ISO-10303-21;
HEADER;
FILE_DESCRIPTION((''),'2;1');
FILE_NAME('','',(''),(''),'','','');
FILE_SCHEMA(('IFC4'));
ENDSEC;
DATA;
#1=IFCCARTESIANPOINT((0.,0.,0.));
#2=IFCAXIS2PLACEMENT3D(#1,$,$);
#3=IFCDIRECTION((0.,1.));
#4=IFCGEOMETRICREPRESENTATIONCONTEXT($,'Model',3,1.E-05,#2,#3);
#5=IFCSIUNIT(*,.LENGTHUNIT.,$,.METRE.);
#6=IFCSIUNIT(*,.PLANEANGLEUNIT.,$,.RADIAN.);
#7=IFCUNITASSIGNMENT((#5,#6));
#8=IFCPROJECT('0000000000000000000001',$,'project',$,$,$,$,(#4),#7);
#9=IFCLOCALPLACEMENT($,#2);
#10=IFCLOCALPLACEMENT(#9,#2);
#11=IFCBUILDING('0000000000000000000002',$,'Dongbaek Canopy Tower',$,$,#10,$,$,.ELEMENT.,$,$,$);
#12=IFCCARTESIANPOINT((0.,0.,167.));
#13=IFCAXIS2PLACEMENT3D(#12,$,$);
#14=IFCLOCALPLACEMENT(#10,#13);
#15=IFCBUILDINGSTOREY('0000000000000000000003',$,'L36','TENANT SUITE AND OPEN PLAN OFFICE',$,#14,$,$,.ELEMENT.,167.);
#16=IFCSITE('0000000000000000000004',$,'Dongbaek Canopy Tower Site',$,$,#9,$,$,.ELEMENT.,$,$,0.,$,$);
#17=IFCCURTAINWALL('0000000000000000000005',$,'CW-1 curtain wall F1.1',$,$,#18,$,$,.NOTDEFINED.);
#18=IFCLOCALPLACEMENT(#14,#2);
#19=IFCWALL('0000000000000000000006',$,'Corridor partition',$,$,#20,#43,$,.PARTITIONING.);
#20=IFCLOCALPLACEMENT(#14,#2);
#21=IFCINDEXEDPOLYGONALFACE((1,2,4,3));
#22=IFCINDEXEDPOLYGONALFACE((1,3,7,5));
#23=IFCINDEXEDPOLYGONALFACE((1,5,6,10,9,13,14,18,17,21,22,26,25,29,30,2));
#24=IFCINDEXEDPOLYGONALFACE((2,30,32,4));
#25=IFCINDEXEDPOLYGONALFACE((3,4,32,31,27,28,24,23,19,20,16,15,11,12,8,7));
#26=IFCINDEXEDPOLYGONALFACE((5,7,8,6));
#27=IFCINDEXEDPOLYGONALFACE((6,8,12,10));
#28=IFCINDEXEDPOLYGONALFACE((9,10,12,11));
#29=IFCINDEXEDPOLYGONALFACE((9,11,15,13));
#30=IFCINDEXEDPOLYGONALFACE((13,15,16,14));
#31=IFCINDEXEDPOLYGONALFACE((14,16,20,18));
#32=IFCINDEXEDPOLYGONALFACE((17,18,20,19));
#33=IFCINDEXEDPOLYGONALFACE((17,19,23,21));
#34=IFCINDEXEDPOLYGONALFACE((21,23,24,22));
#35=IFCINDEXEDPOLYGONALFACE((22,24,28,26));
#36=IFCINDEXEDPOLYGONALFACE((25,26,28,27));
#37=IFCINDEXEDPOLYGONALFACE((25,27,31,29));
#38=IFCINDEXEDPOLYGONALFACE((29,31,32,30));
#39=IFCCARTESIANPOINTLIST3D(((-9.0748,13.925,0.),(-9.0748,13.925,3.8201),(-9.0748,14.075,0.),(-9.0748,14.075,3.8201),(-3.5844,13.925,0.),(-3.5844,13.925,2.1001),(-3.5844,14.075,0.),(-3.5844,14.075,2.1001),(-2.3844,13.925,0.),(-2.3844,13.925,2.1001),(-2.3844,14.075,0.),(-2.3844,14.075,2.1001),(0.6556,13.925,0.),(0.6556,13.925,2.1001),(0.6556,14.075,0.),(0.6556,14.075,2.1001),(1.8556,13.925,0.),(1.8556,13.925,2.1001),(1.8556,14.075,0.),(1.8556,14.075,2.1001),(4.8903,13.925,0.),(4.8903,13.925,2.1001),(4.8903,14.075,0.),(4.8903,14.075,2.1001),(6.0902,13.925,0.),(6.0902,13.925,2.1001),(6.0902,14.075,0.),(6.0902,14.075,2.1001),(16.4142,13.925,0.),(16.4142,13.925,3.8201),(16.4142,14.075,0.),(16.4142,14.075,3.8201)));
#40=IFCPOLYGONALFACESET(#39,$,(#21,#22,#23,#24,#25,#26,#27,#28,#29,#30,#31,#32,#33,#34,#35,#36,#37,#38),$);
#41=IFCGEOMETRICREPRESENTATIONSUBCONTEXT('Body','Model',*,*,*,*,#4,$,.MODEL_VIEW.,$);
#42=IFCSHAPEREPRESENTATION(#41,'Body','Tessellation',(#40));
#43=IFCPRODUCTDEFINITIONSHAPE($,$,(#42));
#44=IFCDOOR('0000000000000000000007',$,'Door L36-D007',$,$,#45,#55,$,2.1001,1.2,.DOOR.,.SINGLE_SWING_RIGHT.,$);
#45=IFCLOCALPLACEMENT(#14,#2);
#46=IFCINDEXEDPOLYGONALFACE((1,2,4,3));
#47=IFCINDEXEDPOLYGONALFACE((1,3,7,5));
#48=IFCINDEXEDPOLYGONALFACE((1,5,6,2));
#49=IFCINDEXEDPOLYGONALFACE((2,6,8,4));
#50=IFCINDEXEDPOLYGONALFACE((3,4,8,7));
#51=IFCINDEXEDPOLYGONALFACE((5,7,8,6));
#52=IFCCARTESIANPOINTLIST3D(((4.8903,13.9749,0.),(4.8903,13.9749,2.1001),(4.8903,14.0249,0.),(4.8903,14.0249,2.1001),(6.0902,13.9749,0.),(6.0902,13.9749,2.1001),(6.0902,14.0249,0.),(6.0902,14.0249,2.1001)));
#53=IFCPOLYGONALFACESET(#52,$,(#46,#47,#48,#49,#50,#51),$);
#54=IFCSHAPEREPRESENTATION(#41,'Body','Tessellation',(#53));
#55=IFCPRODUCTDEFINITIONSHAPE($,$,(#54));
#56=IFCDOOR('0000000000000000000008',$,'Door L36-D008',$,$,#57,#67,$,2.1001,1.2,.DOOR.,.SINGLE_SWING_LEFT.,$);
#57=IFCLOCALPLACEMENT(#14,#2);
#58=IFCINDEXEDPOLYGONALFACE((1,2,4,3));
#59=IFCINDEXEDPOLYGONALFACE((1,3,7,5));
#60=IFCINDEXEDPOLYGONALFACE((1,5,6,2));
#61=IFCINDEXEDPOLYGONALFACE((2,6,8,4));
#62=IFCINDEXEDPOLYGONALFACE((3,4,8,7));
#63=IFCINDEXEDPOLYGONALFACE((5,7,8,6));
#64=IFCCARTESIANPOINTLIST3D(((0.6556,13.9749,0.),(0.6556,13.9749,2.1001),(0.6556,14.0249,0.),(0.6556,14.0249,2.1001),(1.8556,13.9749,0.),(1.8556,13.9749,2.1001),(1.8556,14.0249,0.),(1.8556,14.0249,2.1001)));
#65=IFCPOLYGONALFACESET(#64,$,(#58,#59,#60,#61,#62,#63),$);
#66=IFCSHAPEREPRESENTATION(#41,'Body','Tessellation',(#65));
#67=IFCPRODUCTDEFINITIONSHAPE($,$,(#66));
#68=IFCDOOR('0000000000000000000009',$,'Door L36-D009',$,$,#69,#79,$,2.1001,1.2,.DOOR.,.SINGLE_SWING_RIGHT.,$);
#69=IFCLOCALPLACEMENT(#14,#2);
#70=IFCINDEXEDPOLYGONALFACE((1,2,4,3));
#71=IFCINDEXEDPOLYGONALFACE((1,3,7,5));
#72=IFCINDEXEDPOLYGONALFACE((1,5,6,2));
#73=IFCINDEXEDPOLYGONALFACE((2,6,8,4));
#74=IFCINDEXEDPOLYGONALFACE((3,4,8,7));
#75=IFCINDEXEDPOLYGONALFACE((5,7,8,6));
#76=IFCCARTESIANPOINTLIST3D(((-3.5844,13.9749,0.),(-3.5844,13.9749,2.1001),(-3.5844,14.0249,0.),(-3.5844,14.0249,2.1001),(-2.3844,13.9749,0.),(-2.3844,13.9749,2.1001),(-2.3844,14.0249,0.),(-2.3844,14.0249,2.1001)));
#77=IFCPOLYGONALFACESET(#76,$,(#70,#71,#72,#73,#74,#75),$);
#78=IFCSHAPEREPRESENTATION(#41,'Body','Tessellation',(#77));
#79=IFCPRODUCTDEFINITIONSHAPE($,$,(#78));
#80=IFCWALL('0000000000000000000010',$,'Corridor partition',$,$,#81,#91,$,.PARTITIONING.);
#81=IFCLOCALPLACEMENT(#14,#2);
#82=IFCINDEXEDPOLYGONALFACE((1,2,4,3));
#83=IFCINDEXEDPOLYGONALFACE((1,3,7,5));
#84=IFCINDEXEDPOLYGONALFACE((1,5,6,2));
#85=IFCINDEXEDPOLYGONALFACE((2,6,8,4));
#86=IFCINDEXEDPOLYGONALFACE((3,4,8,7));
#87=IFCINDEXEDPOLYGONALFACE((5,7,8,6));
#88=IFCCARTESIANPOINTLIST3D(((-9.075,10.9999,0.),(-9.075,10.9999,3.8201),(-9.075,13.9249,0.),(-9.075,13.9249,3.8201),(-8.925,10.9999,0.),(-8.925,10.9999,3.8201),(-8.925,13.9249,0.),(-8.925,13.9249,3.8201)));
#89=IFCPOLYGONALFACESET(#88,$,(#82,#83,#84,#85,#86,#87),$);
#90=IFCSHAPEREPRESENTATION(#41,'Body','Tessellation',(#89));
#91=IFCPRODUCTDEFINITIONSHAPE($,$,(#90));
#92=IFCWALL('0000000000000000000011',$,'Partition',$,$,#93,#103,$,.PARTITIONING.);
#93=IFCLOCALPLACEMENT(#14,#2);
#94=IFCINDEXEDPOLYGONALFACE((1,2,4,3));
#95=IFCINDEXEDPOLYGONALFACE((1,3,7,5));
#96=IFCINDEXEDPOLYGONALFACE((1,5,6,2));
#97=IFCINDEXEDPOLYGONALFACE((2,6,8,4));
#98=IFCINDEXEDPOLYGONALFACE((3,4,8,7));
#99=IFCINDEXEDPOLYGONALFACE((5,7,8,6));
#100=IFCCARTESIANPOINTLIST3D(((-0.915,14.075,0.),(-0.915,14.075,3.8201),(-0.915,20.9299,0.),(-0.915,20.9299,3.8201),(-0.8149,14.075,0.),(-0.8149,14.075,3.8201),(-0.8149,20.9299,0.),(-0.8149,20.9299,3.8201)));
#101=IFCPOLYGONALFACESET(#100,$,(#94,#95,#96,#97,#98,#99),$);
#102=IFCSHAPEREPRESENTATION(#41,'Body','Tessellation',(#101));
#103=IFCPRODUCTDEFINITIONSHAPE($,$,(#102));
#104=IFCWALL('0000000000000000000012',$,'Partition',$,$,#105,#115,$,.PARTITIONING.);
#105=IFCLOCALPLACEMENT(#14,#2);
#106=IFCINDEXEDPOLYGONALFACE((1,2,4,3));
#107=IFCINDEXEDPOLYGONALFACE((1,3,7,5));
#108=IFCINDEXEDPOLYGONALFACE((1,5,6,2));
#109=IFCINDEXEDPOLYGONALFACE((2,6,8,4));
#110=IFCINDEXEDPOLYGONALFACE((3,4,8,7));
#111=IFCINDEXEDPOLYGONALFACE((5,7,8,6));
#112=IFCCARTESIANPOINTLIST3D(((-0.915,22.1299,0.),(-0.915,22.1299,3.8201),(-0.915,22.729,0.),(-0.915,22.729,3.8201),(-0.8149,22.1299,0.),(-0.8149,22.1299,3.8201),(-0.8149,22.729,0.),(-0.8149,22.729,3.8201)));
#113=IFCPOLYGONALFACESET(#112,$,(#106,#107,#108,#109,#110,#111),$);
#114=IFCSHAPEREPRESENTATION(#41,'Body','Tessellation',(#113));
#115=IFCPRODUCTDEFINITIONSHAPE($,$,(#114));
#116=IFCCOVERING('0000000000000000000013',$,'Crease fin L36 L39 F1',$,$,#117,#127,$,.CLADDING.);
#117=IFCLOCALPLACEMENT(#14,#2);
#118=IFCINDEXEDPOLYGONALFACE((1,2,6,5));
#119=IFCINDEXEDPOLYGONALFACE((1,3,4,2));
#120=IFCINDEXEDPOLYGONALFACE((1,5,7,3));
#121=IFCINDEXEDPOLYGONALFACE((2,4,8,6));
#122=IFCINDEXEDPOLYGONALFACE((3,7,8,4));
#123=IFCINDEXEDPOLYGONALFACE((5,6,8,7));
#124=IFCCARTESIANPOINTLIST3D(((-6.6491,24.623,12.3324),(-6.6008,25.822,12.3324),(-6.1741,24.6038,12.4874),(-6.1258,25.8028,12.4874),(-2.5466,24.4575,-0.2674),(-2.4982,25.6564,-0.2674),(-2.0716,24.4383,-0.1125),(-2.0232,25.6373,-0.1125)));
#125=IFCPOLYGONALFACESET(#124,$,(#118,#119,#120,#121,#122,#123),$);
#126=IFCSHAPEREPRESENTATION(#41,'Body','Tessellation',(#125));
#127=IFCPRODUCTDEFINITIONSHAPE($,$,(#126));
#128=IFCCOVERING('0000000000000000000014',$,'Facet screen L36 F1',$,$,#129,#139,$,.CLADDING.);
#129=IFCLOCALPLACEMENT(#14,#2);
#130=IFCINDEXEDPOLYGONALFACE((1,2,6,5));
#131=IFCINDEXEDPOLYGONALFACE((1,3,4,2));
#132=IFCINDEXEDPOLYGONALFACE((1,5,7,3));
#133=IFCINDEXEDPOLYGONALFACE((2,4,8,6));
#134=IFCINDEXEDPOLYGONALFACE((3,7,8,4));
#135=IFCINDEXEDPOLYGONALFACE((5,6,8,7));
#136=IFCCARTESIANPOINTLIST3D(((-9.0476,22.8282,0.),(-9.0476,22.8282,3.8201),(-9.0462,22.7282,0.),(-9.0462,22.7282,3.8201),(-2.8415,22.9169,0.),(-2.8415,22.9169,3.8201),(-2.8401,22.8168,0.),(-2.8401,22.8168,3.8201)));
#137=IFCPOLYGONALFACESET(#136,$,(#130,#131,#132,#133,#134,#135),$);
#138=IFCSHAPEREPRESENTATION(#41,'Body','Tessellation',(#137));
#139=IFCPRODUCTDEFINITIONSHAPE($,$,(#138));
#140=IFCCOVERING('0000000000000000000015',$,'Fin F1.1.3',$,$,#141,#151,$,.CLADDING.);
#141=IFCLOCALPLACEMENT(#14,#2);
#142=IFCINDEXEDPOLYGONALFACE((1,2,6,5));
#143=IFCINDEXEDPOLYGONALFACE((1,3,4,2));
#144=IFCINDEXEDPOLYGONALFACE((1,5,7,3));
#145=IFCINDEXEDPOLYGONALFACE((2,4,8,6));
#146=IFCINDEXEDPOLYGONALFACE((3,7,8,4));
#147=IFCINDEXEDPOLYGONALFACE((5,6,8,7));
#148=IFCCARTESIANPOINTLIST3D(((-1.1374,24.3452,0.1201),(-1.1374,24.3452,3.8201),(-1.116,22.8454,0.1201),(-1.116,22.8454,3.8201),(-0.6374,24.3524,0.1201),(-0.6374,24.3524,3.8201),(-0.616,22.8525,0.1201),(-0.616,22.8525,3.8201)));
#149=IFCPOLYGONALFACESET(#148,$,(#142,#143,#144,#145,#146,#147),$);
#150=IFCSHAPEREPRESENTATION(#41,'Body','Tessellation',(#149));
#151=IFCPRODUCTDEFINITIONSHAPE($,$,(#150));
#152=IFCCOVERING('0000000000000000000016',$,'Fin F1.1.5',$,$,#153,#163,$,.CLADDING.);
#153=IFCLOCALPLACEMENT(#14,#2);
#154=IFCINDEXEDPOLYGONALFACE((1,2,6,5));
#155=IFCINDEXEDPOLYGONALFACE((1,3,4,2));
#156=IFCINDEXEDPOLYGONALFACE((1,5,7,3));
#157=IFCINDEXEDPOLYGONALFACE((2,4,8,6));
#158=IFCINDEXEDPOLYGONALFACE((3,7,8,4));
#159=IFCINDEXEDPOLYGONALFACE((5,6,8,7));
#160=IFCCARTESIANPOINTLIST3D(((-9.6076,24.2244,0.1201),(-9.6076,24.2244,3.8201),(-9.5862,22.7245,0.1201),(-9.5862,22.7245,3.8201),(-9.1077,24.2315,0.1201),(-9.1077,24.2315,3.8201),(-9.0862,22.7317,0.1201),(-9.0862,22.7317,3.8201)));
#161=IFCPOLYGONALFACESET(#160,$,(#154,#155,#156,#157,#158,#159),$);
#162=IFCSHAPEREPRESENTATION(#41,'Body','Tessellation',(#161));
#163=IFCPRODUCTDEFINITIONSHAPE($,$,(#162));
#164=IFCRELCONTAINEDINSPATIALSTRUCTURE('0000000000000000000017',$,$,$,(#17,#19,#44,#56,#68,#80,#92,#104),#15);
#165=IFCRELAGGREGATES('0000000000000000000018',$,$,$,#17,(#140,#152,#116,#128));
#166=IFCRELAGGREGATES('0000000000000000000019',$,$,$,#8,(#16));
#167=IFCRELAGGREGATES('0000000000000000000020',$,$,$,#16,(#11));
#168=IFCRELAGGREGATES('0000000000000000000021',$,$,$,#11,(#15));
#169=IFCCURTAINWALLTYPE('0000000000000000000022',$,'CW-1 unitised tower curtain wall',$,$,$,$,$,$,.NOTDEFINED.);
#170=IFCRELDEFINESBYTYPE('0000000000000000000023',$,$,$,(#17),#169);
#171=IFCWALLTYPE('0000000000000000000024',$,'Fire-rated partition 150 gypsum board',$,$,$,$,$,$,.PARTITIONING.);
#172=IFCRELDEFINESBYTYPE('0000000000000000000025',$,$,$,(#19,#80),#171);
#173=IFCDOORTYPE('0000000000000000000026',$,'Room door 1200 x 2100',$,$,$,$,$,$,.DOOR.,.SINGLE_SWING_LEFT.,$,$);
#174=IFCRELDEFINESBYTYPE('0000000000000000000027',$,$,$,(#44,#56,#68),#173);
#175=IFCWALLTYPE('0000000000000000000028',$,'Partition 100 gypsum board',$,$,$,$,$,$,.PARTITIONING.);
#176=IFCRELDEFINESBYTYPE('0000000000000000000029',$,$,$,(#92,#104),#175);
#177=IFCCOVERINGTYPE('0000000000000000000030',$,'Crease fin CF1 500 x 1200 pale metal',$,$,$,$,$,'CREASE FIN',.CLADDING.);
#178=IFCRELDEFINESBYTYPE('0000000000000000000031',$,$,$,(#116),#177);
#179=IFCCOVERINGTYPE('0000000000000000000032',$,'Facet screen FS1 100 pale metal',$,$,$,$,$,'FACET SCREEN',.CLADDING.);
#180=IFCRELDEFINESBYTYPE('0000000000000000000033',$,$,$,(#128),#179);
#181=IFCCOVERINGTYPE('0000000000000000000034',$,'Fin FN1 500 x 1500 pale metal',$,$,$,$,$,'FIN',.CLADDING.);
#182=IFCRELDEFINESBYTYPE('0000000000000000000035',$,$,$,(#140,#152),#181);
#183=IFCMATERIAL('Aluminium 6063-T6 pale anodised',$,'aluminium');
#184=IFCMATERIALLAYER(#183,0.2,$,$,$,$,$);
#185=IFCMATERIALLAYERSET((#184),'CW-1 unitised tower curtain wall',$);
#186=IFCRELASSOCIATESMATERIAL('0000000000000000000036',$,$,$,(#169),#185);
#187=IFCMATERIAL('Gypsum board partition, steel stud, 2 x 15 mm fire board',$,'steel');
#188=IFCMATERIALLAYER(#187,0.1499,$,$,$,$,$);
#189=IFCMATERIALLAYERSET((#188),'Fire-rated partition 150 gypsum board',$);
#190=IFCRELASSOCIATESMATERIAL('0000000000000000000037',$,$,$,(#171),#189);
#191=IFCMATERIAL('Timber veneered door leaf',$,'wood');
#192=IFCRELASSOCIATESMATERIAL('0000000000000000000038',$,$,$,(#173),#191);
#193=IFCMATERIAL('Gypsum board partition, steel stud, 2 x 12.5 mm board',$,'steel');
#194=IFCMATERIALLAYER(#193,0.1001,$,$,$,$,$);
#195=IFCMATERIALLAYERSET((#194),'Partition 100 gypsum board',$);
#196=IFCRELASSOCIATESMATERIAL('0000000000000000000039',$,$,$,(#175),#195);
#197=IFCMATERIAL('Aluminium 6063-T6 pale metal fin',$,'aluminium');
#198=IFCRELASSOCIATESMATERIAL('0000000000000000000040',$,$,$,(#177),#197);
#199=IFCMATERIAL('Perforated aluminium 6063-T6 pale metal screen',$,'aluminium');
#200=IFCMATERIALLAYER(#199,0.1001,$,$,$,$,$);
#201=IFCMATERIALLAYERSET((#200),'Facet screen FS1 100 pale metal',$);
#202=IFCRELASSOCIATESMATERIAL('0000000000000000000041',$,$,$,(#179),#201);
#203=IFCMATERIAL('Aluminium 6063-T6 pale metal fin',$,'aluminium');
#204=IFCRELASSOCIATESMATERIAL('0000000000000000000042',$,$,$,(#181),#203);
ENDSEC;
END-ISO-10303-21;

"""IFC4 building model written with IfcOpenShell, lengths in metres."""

from ifc_helpers import new_model, si_unit, direction, frame, frame_2d, origin, origin_2d, place, context, subcontext, project, spatial, rectangle, extrude, material, layer, layer_set, material_profile, profile_set, type_object, element, fill, aggregate, save


model = new_model("IFC4")

# Units and contexts
model_context = context("Model", 3, precision=1e-05, world=origin(), true_north=direction((0.0, 1.0)))
body_context = subcontext(model_context, "Body", "Model", "MODEL_VIEW")
ifc_project = project(units=[si_unit("LENGTHUNIT", "METRE"), si_unit("PLANEANGLEUNIT", "RADIAN")], contexts=[model_context])

# Site, building, storey
site_placement = place(None, origin())
site = spatial("IfcSite", under=ifc_project, at=site_placement, Name="Dongbaek Canopy Tower Site", CompositionType="ELEMENT", RefElevation=0.0)
building_placement = place(site_placement, origin())
building = spatial("IfcBuilding", under=site, at=building_placement, Name="Dongbaek Canopy Tower", CompositionType="ELEMENT")
storey_placement = place(building_placement, frame((0.0, 0.0, 167.0)))
storey = spatial("IfcBuildingStorey", under=building, at=storey_placement, Name="L36", Description="TENANT SUITE AND OPEN PLAN OFFICE", CompositionType="ELEMENT", Elevation=167.0)

# Curtain wall
ifc_material_1 = material(Name="Aluminium 6063-T6 pale anodised", Category="aluminium")
ifc_layer_1 = layer(ifc_material_1, 0.2)
ifc_layer_set_1 = layer_set([ifc_layer_1], Name="CW-1 unitised tower curtain wall")
curtain_wall_type = type_object("IfcCurtainWallType", Name="CW-1 unitised tower curtain wall", PredefinedType="NOTDEFINED", material=ifc_layer_set_1)
curtain_wall_1_placement = place(storey_placement, origin())
curtain_wall_1 = element("IfcCurtainWall", 1, at=curtain_wall_1_placement, inside=storey, type_object=curtain_wall_type, Name="CW-1 curtain wall F1.1", PredefinedType="NOTDEFINED")

# Wall, openings, doors
ifc_material_2 = material(Name="Gypsum board partition, steel stud, 2 x 15 mm fire board", Category="steel")
ifc_layer_2 = layer(ifc_material_2, 0.1499)
ifc_layer_set_2 = layer_set([ifc_layer_2], Name="Fire-rated partition 150 gypsum board")
wall_type_1 = type_object("IfcWallType", Name="Fire-rated partition 150 gypsum board", PredefinedType="PARTITIONING", material=ifc_layer_set_2)
wall_1_placement = place(storey_placement, frame((-9.075, 14.0, 0.0), z_axis=(0.0, 0.0, 1.0), x_axis=(1.0, 0.0, 0.0)))
wall_1 = element("IfcWall", 2, at=wall_1_placement, inside=storey, type_object=wall_type_1, Name="Corridor partition", PredefinedType="PARTITIONING", context=body_context, shape_type="SweptSolid", body=[
    extrude(rectangle(XDim=25.489, YDim=0.1499, at=frame_2d((12.7446, 0.0))), origin(), (0.0, 0.0, 1.0), 3.8201),
])
opening_1_placement = place(wall_1_placement, frame((13.9651, 0.0, 0.0)))
opening_1 = element("IfcOpeningElement", 3, at=opening_1_placement, cuts=wall_1, PredefinedType="OPENING", context=body_context, shape_type="SweptSolid", body=[
    extrude(rectangle(XDim=1.2, YDim=2.1001, at=frame_2d((0.6001, 1.05))), frame((0.0, 0.085, 0.0), z_axis=(0.0, -1.0, 0.0), x_axis=(1.0, 0.0, 0.0)), (0.0, 0.0, 1.0), 0.1699),
])
opening_2_placement = place(wall_1_placement, frame((9.7305, 0.0, 0.0)))
opening_2 = element("IfcOpeningElement", 4, at=opening_2_placement, cuts=wall_1, PredefinedType="OPENING", context=body_context, shape_type="SweptSolid", body=[
    extrude(rectangle(XDim=1.2, YDim=2.1001, at=frame_2d((0.6001, 1.05))), frame((0.0, 0.085, 0.0), z_axis=(0.0, -1.0, 0.0), x_axis=(1.0, 0.0, 0.0)), (0.0, 0.0, 1.0), 0.1699),
])
opening_3_placement = place(wall_1_placement, frame((5.4905, 0.0, 0.0)))
opening_3 = element("IfcOpeningElement", 5, at=opening_3_placement, cuts=wall_1, PredefinedType="OPENING", context=body_context, shape_type="SweptSolid", body=[
    extrude(rectangle(XDim=1.2, YDim=2.1001, at=frame_2d((0.6001, 1.05))), frame((0.0, 0.085, 0.0), z_axis=(0.0, -1.0, 0.0), x_axis=(1.0, 0.0, 0.0)), (0.0, 0.0, 1.0), 0.1699),
])
ifc_material_3 = material(Name="Timber veneered door leaf", Category="wood")
door_type = type_object("IfcDoorType", Name="Room door 1200 x 2100", OperationType="SINGLE_SWING_LEFT", PredefinedType="DOOR", material=ifc_material_3)
door_1_placement = place(opening_1_placement, origin())
door_1 = element("IfcDoor", 6, at=door_1_placement, inside=storey, type_object=door_type, Name="Door L36-D007", OperationType="SINGLE_SWING_RIGHT", OverallHeight=2.1001, OverallWidth=1.2, PredefinedType="DOOR", context=body_context, shape_type="SweptSolid", body=[
    extrude(rectangle(XDim=1.2, YDim=2.1001, at=frame_2d((0.6001, 1.05))), frame((0.0, 0.0249, 0.0), z_axis=(0.0, -1.0, 0.0), x_axis=(1.0, 0.0, 0.0)), (0.0, 0.0, 1.0), 0.05),
])
fill(opening_1, door_1)
door_2_placement = place(opening_2_placement, origin())
door_2 = element("IfcDoor", 7, at=door_2_placement, inside=storey, type_object=door_type, Name="Door L36-D008", OperationType="SINGLE_SWING_LEFT", OverallHeight=2.1001, OverallWidth=1.2, PredefinedType="DOOR", context=body_context, shape_type="SweptSolid", body=[
    extrude(rectangle(XDim=1.2, YDim=2.1001, at=frame_2d((0.6001, 1.05))), frame((0.0, 0.0249, 0.0), z_axis=(0.0, -1.0, 0.0), x_axis=(1.0, 0.0, 0.0)), (0.0, 0.0, 1.0), 0.05),
])
fill(opening_2, door_2)
door_3_placement = place(opening_3_placement, origin())
door_3 = element("IfcDoor", 8, at=door_3_placement, inside=storey, type_object=door_type, Name="Door L36-D009", OperationType="SINGLE_SWING_RIGHT", OverallHeight=2.1001, OverallWidth=1.2, PredefinedType="DOOR", context=body_context, shape_type="SweptSolid", body=[
    extrude(rectangle(XDim=1.2, YDim=2.1001, at=frame_2d((0.6001, 1.05))), frame((0.0, 0.0249, 0.0), z_axis=(0.0, -1.0, 0.0), x_axis=(1.0, 0.0, 0.0)), (0.0, 0.0, 1.0), 0.05),
])
fill(opening_3, door_3)

# Walls
wall_2_placement = place(storey_placement, frame((-9.0, 11.0, 0.0), z_axis=(0.0, 0.0, 1.0), x_axis=(0.0, 1.0, 0.0)))
element("IfcWall", 9, at=wall_2_placement, inside=storey, type_object=wall_type_1, Name="Corridor partition", PredefinedType="PARTITIONING", context=body_context, shape_type="SweptSolid", body=[
    extrude(rectangle(XDim=2.925, YDim=0.1499, at=frame_2d((1.4624, 0.0))), origin(), (0.0, 0.0, 1.0), 3.8201),
])
ifc_material_4 = material(Name="Gypsum board partition, steel stud, 2 x 12.5 mm board", Category="steel")
ifc_layer_3 = layer(ifc_material_4, 0.1001)
ifc_layer_set_3 = layer_set([ifc_layer_3], Name="Partition 100 gypsum board")
wall_type_2 = type_object("IfcWallType", Name="Partition 100 gypsum board", PredefinedType="PARTITIONING", material=ifc_layer_set_3)
wall_3_placement = place(storey_placement, frame((-0.865, 14.075, 0.0), z_axis=(0.0, 0.0, 1.0), x_axis=(0.0, 1.0, 0.0)))
element("IfcWall", 10, at=wall_3_placement, inside=storey, type_object=wall_type_2, Name="Partition", PredefinedType="PARTITIONING", context=body_context, shape_type="SweptSolid", body=[
    extrude(rectangle(XDim=6.855, YDim=0.1001, at=frame_2d((3.4275, 0.0))), origin(), (0.0, 0.0, 1.0), 3.8201),
])
wall_4_placement = place(storey_placement, frame((-0.865, 22.1299, 0.0), z_axis=(0.0, 0.0, 1.0), x_axis=(0.0, 1.0, 0.0)))
element("IfcWall", 11, at=wall_4_placement, inside=storey, type_object=wall_type_2, Name="Partition", PredefinedType="PARTITIONING", context=body_context, shape_type="SweptSolid", body=[
    extrude(rectangle(XDim=0.5991, YDim=0.1001, at=frame_2d((0.2996, 0.0))), origin(), (0.0, 0.0, 1.0), 3.8201),
])

# Coverings
ifc_material_5 = material(Name="Aluminium 6063-T6 pale metal fin", Category="aluminium")
ifc_material_profile_1 = material_profile(ifc_material_5, rectangle(XDim=1.2, YDim=0.5, at=origin_2d()), Name="Crease fin CF1 500 x 1200 pale metal")
ifc_profile_set_1 = profile_set([ifc_material_profile_1], Name="Aluminium 6063-T6 pale metal fin")
covering_type_1 = type_object("IfcCoveringType", Name="Crease fin CF1 500 x 1200 pale metal", ElementType="CREASE FIN", PredefinedType="CLADDING", material=ifc_profile_set_1)
covering_1_placement = place(storey_placement, frame((-2.2849, 25.0474, -0.1899), z_axis=(-0.30958, 0.012491, 0.950791), x_axis=(-0.040315, -0.999187, 0.0)))
covering_1 = element("IfcCovering", 12, at=covering_1_placement, type_object=covering_type_1, Name="Crease fin L36 L39 F1", PredefinedType="CLADDING", context=body_context, shape_type="SweptSolid", body=[
    extrude(rectangle(XDim=1.2, YDim=0.5, at=origin_2d()), origin(), (0.0, 0.0, 1.0), 13.252),
])
ifc_material_6 = material(Name="Perforated aluminium 6063-T6 pale metal screen", Category="aluminium")
ifc_layer_4 = layer(ifc_material_6, 0.1001)
ifc_layer_set_4 = layer_set([ifc_layer_4], Name="Facet screen FS1 100 pale metal")
covering_type_2 = type_object("IfcCoveringType", Name="Facet screen FS1 100 pale metal", ElementType="FACET SCREEN", PredefinedType="CLADDING", material=ifc_layer_set_4)
covering_2_placement = place(storey_placement, frame((-5.9438, 22.8225, 0.0), z_axis=(0.0, 0.0, 1.0), x_axis=(-0.999898, -0.014278, 0.0)))
covering_2 = element("IfcCovering", 13, at=covering_2_placement, type_object=covering_type_2, Name="Facet screen L36 F1", PredefinedType="CLADDING", context=body_context, shape_type="SweptSolid", body=[
    extrude(rectangle(XDim=6.2068, YDim=0.1001, at=origin_2d()), origin(), (0.0, 0.0, 1.0), 3.8201),
])
ifc_material_7 = material(Name="Aluminium 6063-T6 pale metal fin", Category="aluminium")
ifc_material_profile_2 = material_profile(ifc_material_7, rectangle(XDim=1.5, YDim=0.5, at=origin_2d()), Name="Fin FN1 500 x 1500 pale metal")
ifc_profile_set_2 = profile_set([ifc_material_profile_2], Name="Aluminium 6063-T6 pale metal fin")
covering_type_3 = type_object("IfcCoveringType", Name="Fin FN1 500 x 1500 pale metal", ElementType="FIN", PredefinedType="CLADDING", material=ifc_profile_set_2)
covering_3_placement = place(storey_placement, frame((-0.8767, 23.5989, 0.1201), z_axis=(0.0, 0.0, 1.0), x_axis=(-0.014277, 0.999898, 0.0)))
covering_3 = element("IfcCovering", 14, at=covering_3_placement, type_object=covering_type_3, Name="Fin F1.1.3", PredefinedType="CLADDING", context=body_context, shape_type="SweptSolid", body=[
    extrude(rectangle(XDim=1.5, YDim=0.5, at=origin_2d()), origin(), (0.0, 0.0, 1.0), 3.7),
])
covering_4_placement = place(storey_placement, frame((-9.3469, 23.478, 0.1201), z_axis=(0.0, 0.0, 1.0), x_axis=(-0.014277, 0.999898, 0.0)))
covering_4 = element("IfcCovering", 15, at=covering_4_placement, type_object=covering_type_3, Name="Fin F1.1.5", PredefinedType="CLADDING", context=body_context, shape_type="SweptSolid", body=[
    extrude(rectangle(XDim=1.5, YDim=0.5, at=origin_2d()), origin(), (0.0, 0.0, 1.0), 3.7),
])
aggregate(curtain_wall_1, [covering_3, covering_4, covering_1, covering_2])

save(model, "model.ifc")
